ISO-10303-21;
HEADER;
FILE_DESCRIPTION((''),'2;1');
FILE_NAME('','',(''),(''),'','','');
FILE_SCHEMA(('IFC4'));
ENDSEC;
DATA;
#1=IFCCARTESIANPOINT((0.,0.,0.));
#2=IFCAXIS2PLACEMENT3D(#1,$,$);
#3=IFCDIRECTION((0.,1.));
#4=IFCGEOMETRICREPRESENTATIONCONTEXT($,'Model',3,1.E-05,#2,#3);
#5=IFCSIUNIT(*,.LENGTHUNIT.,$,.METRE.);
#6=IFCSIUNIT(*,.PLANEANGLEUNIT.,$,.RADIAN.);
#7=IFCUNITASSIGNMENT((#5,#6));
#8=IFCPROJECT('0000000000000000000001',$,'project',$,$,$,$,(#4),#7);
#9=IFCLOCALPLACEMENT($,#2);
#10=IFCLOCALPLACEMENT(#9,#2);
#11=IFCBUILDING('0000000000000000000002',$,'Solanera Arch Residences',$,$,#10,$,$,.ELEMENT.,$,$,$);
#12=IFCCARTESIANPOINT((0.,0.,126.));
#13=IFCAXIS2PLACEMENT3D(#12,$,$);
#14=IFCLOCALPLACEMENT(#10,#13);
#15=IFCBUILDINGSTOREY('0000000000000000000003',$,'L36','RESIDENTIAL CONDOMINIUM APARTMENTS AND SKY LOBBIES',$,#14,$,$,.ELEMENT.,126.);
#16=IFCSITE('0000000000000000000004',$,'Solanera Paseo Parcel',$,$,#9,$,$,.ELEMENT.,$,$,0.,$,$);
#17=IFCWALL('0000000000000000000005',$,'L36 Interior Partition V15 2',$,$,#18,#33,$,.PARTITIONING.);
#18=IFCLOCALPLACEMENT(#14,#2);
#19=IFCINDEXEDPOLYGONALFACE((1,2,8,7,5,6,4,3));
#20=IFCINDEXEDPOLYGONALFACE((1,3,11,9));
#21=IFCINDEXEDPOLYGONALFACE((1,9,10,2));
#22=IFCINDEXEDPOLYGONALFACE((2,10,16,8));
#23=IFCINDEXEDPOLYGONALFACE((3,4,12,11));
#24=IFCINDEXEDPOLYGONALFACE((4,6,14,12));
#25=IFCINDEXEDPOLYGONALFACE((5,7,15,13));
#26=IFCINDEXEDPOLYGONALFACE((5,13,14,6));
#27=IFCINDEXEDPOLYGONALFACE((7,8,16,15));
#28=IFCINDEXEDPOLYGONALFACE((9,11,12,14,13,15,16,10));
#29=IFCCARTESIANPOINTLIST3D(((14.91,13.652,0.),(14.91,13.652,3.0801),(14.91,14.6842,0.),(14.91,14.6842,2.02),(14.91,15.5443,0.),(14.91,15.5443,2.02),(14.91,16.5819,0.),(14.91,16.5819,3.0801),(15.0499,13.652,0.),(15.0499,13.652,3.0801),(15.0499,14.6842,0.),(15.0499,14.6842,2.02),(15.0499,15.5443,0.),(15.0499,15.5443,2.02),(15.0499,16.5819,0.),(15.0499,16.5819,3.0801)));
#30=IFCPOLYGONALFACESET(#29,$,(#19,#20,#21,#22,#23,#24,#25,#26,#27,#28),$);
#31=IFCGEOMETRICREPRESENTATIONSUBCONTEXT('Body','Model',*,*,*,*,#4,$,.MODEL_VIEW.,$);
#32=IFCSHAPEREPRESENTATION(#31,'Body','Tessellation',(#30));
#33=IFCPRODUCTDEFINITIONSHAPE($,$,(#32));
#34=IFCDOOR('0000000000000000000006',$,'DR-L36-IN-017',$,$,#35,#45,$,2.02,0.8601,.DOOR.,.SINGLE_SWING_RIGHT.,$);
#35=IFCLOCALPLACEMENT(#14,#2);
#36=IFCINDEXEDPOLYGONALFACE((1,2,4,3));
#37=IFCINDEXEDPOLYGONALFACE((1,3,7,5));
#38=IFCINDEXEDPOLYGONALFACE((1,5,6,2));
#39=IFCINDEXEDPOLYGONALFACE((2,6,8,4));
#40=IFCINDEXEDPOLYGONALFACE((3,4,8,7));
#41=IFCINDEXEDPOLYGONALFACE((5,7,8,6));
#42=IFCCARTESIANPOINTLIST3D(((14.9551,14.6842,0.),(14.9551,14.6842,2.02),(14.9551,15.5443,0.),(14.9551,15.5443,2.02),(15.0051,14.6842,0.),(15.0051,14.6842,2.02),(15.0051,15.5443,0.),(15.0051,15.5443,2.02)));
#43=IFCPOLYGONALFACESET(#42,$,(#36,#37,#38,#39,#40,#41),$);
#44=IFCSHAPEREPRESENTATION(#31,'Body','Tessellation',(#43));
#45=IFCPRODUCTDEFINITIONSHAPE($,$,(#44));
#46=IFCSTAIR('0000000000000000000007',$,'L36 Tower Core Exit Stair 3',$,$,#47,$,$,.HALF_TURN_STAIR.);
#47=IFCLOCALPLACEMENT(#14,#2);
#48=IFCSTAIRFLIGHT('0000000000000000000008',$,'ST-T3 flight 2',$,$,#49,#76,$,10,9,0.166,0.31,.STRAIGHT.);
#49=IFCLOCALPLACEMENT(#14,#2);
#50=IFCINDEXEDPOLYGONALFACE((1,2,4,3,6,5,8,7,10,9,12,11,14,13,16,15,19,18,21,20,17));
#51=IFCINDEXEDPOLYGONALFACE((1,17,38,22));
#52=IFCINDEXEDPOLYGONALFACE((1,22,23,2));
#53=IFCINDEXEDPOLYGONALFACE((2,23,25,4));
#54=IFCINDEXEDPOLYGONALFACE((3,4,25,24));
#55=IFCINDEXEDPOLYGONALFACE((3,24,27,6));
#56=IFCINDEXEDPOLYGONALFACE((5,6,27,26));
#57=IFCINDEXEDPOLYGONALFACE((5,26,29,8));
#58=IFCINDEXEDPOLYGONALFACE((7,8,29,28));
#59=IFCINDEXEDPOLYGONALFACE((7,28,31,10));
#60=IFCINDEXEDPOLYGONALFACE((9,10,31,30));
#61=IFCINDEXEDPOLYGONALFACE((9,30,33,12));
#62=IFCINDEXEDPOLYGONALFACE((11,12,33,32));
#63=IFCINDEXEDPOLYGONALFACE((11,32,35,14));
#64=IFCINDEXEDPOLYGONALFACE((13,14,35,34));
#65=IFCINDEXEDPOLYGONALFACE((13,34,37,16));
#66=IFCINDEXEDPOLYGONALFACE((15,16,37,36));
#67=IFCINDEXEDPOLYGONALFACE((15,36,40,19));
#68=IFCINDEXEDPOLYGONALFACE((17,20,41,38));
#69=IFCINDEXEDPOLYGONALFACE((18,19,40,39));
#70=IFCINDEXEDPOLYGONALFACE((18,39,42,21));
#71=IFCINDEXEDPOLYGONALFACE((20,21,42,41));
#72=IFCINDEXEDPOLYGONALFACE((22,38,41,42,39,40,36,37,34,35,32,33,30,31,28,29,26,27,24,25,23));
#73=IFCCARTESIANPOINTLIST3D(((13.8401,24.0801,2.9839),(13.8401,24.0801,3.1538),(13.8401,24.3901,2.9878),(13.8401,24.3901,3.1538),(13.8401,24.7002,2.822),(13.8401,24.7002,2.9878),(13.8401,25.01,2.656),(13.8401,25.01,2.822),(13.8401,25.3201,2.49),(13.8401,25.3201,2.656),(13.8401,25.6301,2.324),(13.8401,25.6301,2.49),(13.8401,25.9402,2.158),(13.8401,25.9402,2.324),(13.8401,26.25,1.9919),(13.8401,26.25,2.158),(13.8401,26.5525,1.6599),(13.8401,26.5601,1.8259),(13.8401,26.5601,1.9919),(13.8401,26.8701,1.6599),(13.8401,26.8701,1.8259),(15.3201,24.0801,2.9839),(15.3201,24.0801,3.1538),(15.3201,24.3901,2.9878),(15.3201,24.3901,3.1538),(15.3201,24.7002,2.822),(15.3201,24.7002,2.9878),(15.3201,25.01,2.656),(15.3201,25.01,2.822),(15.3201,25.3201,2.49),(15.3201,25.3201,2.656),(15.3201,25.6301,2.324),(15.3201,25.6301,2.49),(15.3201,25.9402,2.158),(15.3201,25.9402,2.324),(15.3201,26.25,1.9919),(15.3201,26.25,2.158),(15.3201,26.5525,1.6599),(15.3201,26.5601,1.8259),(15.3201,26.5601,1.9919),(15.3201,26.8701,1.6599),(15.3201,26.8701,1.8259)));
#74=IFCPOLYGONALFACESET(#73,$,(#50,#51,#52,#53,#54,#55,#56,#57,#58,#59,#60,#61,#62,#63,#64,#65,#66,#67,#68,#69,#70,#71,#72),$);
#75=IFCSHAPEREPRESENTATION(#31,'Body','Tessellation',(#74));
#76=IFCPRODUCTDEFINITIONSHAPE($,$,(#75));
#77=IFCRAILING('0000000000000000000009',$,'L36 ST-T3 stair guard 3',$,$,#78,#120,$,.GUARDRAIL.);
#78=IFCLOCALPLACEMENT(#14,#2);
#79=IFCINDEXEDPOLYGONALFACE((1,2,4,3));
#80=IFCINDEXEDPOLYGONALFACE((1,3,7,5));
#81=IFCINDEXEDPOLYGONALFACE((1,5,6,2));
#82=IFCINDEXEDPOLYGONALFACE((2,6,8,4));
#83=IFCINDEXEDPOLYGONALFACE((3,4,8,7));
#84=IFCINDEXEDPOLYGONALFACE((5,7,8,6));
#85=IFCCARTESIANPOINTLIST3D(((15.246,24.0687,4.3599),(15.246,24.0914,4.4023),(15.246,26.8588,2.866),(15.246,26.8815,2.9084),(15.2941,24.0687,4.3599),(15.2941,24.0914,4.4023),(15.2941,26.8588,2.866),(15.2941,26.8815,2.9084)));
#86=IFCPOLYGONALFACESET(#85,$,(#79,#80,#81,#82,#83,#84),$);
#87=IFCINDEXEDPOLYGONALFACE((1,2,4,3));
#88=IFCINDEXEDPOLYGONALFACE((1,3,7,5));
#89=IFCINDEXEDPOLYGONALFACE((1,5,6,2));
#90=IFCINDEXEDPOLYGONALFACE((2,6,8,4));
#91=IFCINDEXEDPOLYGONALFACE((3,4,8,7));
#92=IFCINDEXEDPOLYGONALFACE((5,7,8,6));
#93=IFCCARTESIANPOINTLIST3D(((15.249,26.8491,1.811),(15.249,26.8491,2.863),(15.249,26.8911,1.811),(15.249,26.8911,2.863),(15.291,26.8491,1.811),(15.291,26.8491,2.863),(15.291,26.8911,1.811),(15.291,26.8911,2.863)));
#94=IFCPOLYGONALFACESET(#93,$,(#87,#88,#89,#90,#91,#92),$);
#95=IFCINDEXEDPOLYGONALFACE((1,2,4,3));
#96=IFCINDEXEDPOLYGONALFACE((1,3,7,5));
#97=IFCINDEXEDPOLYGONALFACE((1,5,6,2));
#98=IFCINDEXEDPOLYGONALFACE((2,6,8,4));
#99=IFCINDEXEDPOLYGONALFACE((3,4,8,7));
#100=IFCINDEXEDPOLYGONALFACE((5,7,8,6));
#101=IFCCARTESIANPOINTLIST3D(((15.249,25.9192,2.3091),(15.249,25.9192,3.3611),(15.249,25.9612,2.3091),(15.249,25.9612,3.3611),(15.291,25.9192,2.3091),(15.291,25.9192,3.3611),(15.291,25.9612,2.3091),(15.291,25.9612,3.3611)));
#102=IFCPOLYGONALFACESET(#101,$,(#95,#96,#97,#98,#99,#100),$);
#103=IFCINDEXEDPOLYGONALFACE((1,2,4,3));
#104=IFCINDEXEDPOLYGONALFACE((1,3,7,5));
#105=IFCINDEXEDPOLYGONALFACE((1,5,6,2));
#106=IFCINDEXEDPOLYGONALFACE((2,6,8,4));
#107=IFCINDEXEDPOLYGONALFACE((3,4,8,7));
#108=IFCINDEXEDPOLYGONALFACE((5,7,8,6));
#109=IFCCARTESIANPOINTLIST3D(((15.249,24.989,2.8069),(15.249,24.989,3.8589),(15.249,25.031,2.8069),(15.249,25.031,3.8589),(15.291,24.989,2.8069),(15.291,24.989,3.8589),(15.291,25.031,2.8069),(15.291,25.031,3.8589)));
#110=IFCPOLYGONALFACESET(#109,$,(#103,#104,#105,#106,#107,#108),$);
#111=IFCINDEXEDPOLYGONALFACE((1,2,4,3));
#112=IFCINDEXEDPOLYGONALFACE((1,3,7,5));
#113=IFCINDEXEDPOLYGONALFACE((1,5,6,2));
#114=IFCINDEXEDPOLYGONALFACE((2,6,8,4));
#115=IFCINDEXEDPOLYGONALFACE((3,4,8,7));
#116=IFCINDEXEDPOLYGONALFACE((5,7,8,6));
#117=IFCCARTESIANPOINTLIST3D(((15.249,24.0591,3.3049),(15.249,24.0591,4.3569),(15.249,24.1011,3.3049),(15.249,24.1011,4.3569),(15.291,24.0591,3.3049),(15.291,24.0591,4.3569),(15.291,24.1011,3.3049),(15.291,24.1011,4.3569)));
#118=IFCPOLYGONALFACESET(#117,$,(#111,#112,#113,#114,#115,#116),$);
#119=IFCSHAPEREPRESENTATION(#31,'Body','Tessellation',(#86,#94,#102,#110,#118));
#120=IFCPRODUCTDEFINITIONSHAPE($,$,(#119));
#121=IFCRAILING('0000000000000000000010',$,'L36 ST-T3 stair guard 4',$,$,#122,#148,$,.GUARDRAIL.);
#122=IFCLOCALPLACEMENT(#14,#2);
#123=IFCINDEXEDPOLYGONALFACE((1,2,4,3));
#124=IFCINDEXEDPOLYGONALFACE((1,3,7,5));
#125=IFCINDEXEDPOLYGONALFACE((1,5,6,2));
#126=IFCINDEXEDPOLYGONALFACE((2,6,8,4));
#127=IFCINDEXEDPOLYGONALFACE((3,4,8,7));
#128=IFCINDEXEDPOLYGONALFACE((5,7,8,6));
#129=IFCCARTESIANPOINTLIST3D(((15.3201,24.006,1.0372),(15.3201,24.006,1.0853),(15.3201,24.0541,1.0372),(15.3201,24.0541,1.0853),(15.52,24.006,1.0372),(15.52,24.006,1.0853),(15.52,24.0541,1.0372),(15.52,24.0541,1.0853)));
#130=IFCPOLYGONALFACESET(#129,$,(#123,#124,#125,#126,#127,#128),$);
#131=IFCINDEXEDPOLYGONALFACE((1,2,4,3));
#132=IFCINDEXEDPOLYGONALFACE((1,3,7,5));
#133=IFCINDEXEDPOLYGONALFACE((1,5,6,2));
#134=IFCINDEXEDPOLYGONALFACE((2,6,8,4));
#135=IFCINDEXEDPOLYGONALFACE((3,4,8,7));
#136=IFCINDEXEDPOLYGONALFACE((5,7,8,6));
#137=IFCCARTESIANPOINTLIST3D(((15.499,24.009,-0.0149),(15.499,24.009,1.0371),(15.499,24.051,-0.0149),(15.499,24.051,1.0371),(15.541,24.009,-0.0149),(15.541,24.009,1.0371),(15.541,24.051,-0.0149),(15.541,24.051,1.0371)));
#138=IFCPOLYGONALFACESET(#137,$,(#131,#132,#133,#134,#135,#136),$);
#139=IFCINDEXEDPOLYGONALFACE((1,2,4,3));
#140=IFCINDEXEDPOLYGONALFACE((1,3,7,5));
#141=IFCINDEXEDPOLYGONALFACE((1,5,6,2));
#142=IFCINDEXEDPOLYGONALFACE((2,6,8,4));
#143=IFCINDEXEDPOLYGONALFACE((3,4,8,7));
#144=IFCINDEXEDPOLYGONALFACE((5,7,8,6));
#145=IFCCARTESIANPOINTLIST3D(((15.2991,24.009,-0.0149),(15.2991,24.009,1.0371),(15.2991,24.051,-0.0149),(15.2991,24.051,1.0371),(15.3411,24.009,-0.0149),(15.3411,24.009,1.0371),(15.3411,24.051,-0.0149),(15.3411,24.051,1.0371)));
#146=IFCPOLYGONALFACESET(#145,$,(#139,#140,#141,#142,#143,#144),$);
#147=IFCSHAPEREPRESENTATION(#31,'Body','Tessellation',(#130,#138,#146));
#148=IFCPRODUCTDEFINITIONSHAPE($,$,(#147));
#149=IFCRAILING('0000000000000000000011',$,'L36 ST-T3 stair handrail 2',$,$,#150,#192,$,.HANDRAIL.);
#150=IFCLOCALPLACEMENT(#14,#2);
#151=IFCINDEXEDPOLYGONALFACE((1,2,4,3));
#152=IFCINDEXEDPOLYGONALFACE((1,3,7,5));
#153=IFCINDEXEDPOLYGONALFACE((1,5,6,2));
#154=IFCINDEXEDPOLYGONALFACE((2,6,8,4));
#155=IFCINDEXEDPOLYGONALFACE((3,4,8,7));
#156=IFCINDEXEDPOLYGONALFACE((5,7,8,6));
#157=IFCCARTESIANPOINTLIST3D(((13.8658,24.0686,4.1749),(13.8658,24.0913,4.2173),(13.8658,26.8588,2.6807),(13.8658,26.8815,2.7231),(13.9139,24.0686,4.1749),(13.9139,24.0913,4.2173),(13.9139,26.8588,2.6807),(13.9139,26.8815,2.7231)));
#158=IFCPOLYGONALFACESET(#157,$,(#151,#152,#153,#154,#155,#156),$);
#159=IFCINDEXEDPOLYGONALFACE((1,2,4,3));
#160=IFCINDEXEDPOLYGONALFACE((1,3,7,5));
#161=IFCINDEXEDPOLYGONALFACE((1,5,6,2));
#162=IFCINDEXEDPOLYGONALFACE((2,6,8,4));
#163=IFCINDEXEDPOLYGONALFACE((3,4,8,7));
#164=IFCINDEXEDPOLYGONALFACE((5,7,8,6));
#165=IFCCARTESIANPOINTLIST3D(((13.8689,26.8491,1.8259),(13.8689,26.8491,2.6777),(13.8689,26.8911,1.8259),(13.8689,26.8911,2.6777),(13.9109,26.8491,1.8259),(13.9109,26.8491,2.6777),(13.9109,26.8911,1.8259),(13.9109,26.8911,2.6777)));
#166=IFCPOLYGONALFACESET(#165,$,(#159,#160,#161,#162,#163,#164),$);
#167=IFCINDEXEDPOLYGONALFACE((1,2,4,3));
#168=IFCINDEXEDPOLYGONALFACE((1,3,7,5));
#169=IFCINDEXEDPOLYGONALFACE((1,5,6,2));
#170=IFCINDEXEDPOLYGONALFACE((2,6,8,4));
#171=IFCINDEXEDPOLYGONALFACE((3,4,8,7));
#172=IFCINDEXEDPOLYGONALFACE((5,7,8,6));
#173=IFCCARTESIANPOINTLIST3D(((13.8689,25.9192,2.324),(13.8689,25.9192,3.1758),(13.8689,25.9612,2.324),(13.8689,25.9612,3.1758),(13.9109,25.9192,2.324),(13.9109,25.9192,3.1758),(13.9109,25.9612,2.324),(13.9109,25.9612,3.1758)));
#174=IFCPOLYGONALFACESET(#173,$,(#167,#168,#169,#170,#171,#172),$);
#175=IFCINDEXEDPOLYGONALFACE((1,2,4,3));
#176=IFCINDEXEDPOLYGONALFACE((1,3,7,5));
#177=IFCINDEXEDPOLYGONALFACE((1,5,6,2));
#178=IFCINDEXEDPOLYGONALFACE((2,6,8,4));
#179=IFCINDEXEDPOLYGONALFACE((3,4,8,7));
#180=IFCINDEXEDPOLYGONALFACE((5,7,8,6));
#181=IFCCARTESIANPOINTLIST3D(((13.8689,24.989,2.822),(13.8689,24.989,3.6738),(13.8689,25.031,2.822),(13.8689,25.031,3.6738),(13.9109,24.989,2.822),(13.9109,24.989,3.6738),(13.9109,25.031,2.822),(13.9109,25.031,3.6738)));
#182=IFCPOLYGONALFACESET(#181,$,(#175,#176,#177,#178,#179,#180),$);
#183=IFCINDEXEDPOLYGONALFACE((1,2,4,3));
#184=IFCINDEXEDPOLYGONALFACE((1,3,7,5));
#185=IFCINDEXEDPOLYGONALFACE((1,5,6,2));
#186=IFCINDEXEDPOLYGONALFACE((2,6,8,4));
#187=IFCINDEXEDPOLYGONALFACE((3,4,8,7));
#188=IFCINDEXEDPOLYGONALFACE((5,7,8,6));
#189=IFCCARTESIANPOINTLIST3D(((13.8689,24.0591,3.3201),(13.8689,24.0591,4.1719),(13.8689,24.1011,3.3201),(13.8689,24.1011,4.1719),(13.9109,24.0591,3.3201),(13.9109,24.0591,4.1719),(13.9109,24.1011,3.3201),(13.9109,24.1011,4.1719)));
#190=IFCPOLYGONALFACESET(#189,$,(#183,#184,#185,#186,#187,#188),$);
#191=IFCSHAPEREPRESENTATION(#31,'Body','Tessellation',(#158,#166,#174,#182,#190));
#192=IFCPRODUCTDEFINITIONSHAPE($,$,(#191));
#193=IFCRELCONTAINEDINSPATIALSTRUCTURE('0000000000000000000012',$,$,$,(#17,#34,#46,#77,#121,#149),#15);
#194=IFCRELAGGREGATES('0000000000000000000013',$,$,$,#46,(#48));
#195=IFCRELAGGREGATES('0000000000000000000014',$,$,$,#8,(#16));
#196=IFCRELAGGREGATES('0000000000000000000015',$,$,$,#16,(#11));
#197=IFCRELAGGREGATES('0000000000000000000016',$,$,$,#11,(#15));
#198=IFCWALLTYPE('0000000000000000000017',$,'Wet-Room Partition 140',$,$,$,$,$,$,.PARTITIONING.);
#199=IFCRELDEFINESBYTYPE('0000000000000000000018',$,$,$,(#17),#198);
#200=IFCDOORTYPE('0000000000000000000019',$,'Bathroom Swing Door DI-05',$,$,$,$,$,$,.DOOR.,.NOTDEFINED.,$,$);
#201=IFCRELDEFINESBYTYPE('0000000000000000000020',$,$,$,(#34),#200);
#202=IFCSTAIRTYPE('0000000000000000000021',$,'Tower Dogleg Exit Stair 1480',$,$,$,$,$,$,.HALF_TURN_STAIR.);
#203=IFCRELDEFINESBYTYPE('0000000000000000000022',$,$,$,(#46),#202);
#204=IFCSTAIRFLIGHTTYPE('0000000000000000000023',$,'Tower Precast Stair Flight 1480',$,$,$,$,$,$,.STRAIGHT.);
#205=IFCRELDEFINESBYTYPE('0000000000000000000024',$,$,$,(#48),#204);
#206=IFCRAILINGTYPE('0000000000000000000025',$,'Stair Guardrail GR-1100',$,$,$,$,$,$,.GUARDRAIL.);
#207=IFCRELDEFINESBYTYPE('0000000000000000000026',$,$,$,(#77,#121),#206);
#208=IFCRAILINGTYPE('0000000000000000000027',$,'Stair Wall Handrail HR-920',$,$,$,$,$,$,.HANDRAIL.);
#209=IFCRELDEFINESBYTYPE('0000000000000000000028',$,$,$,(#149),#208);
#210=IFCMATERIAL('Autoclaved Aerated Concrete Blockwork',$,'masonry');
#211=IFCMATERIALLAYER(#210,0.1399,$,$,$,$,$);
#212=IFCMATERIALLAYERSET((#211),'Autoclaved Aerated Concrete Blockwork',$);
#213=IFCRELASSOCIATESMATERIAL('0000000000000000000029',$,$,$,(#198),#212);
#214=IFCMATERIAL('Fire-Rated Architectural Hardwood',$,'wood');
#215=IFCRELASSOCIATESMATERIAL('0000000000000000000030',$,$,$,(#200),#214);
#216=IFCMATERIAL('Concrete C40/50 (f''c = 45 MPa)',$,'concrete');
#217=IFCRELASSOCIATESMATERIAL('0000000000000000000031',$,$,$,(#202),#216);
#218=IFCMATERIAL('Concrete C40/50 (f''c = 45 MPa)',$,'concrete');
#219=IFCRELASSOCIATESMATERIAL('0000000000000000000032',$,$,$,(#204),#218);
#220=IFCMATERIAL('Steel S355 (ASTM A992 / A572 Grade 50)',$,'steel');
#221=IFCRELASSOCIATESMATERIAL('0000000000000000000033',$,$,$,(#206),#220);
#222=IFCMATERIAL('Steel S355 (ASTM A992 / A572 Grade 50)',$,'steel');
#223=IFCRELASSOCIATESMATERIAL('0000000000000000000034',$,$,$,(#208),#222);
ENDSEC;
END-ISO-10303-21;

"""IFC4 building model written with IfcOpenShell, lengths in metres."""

from ifc_helpers import new_model, si_unit, direction, frame, frame_2d, origin, origin_2d, place, context, subcontext, project, spatial, polyline, rectangle, outline, extrude, material, layer, layer_set, type_object, element, fill, aggregate, save


model = new_model("IFC4")

# Units and contexts
model_context = context("Model", 3, precision=1e-05, world=origin(), true_north=direction((0.0, 1.0)))
body_context = subcontext(model_context, "Body", "Model", "MODEL_VIEW")
ifc_project = project(units=[si_unit("LENGTHUNIT", "METRE"), si_unit("PLANEANGLEUNIT", "RADIAN")], contexts=[model_context])

# Site, building, storey
site_placement = place(None, origin())
site = spatial("IfcSite", under=ifc_project, at=site_placement, Name="Solanera Paseo Parcel", CompositionType="ELEMENT", RefElevation=0.0)
building_placement = place(site_placement, origin())
building = spatial("IfcBuilding", under=site, at=building_placement, Name="Solanera Arch Residences", CompositionType="ELEMENT")
storey_placement = place(building_placement, frame((0.0, 0.0, 126.0)))
storey = spatial("IfcBuildingStorey", under=building, at=storey_placement, Name="L36", Description="RESIDENTIAL CONDOMINIUM APARTMENTS AND SKY LOBBIES", CompositionType="ELEMENT", Elevation=126.0)

# Wall, opening, door
ifc_material_1 = material(Name="Autoclaved Aerated Concrete Blockwork", Category="masonry")
ifc_layer_1 = layer(ifc_material_1, 0.1399)
ifc_layer_set_1 = layer_set([ifc_layer_1], Name="Autoclaved Aerated Concrete Blockwork")
wall_type_1 = type_object("IfcWallType", Name="Wet-Room Partition 140", PredefinedType="PARTITIONING", material=ifc_layer_set_1)
wall_1_placement = place(storey_placement, frame((14.98, 13.6521, 0.0), z_axis=(0.0, 0.0, 1.0), x_axis=(0.0, 1.0, 0.0)))
wall_1 = element("IfcWall", 1, at=wall_1_placement, inside=storey, type_object=wall_type_1, Name="L36 Interior Partition V15 2", PredefinedType="PARTITIONING", context=body_context, shape_type="SweptSolid", body=[
    extrude(rectangle(XDim=2.9299, YDim=0.1399, at=frame_2d((1.4648, 0.0))), origin(), (0.0, 0.0, 1.0), 3.0801),
])
opening_1_placement = place(wall_1_placement, frame((1.032, 0.0, 0.0)))
opening_1 = element("IfcOpeningElement", 2, at=opening_1_placement, cuts=wall_1, PredefinedType="OPENING", context=body_context, shape_type="SweptSolid", body=[
    extrude(rectangle(XDim=0.8601, YDim=2.02, at=frame_2d((0.4302, 1.01))), frame((0.0, 0.0798, 0.0), z_axis=(0.0, -1.0, 0.0), x_axis=(1.0, 0.0, 0.0)), (0.0, 0.0, 1.0), 0.1599),
])
ifc_material_2 = material(Name="Fire-Rated Architectural Hardwood", Category="wood")
door_type_1 = type_object("IfcDoorType", Name="Bathroom Swing Door DI-05", OperationType="NOTDEFINED", PredefinedType="DOOR", material=ifc_material_2)
door_1_placement = place(opening_1_placement, origin())
door_1 = element("IfcDoor", 3, at=door_1_placement, inside=storey, type_object=door_type_1, Name="DR-L36-IN-017", OperationType="SINGLE_SWING_RIGHT", OverallHeight=2.02, OverallWidth=0.8601, PredefinedType="DOOR", context=body_context, shape_type="SweptSolid", body=[
    extrude(rectangle(XDim=0.8601, YDim=2.02, at=frame_2d((0.4302, 1.01))), frame((0.0, 0.0249, 0.0), z_axis=(0.0, -1.0, 0.0), x_axis=(1.0, 0.0, 0.0)), (0.0, 0.0, 1.0), 0.05),
])
fill(opening_1, door_1)

# Stair, stair flight
ifc_material_3 = material(Name="Concrete C40/50 (f'c = 45 MPa)", Category="concrete")
stair_type = type_object("IfcStairType", Name="Tower Dogleg Exit Stair 1480", PredefinedType="HALF_TURN_STAIR", material=ifc_material_3)
stair_placement = place(storey_placement, origin())
stair = element("IfcStair", 4, at=stair_placement, inside=storey, type_object=stair_type, Name="L36 Tower Core Exit Stair 3", PredefinedType="HALF_TURN_STAIR")
ifc_material_4 = material(Name="Concrete C40/50 (f'c = 45 MPa)", Category="concrete")
stair_flight_type = type_object("IfcStairFlightType", Name="Tower Precast Stair Flight 1480", PredefinedType="STRAIGHT", material=ifc_material_4)
stair_flight_placement = place(storey_placement, frame((14.5801, 26.8701, 1.6599), z_axis=(0.0, 0.0, 1.0), x_axis=(0.0, -1.0, 0.0)))
stair_flight = element("IfcStairFlight", 5, at=stair_flight_placement, type_object=stair_flight_type, Name="ST-T3 flight 2", NumberOfRisers=10, NumberOfTreads=9, PredefinedType="STRAIGHT", RiserHeight=0.166, TreadLength=0.31, context=body_context, shape_type="SweptSolid", body=[
    extrude(outline(polyline([(0.0, 0.0), (0.0, 0.166), (0.3101, 0.166), (0.3101, 0.332), (0.6201, 0.332), (0.6201, 0.498), (0.9299, 0.498), (0.9299, 0.6641), (1.24, 0.6641), (1.24, 0.8301), (1.55, 0.8301), (1.55, 0.9961), (1.8601, 0.9961), (1.8601, 1.1621), (2.1699, 1.1621), (2.1699, 1.3279), (2.48, 1.3279), (2.48, 1.4939), (2.79, 1.4939), (2.79, 1.6599), (2.79, 1.324), (0.3176, 0.0), (0.0, 0.0)])), frame((0.0, 0.74, 0.0), z_axis=(0.0, -1.0, 0.0), x_axis=(1.0, 0.0, 0.0)), (0.0, 0.0, 1.0), 1.48),
])
aggregate(stair, [stair_flight])

# Railings
ifc_material_5 = material(Name="Steel S355 (ASTM A992 / A572 Grade 50)", Category="steel")
railing_type_1 = type_object("IfcRailingType", Name="Stair Guardrail GR-1100", PredefinedType="GUARDRAIL", material=ifc_material_5)
railing_1_placement = place(storey_placement, frame((15.27, 26.8701, 1.811)))
element("IfcRailing", 6, at=railing_1_placement, inside=storey, type_object=railing_type_1, Name="L36 ST-T3 stair guard 3", PredefinedType="GUARDRAIL", context=body_context, shape_type="SweptSolid", body=[
    extrude(rectangle(XDim=0.0481, YDim=0.0481, at=origin_2d()), frame((0.0, 0.0, 1.0762), z_axis=(0.0, -0.881581, 0.472033), x_axis=(1.0, 0.0, 0.0)), (0.0, 0.0, 1.0), 3.1648),
    extrude(rectangle(XDim=0.042, YDim=0.042, at=origin_2d()), origin(), (0.0, 0.0, 1.0), 1.052),
    extrude(rectangle(XDim=0.042, YDim=0.042, at=origin_2d()), frame((0.0, -0.9299, 0.498)), (0.0, 0.0, 1.0), 1.052),
    extrude(rectangle(XDim=0.042, YDim=0.042, at=origin_2d()), frame((0.0, -1.8601, 0.9958)), (0.0, 0.0, 1.0), 1.052),
    extrude(rectangle(XDim=0.042, YDim=0.042, at=origin_2d()), frame((0.0, -2.79, 1.4939)), (0.0, 0.0, 1.0), 1.052),
])
railing_2_placement = place(storey_placement, frame((15.52, 24.03, -0.0149)))
element("IfcRailing", 7, at=railing_2_placement, inside=storey, type_object=railing_type_1, Name="L36 ST-T3 stair guard 4", PredefinedType="GUARDRAIL", context=body_context, shape_type="SweptSolid", body=[
    extrude(rectangle(XDim=0.0481, YDim=0.0481, at=origin_2d()), frame((0.0, 0.0, 1.0762), z_axis=(-1.0, 0.0, 0.0), x_axis=(0.0, -1.0, 0.0)), (0.0, 0.0, 1.0), 0.2),
    extrude(rectangle(XDim=0.042, YDim=0.042, at=origin_2d()), origin(), (0.0, 0.0, 1.0), 1.052),
    extrude(rectangle(XDim=0.042, YDim=0.042, at=origin_2d()), frame((-0.2, 0.0, 0.0)), (0.0, 0.0, 1.0), 1.052),
])
ifc_material_6 = material(Name="Steel S355 (ASTM A992 / A572 Grade 50)", Category="steel")
railing_type_2 = type_object("IfcRailingType", Name="Stair Wall Handrail HR-920", PredefinedType="HANDRAIL", material=ifc_material_6)
railing_3_placement = place(storey_placement, frame((13.8899, 26.8701, 1.8259)))
element("IfcRailing", 8, at=railing_3_placement, inside=storey, type_object=railing_type_2, Name="L36 ST-T3 stair handrail 2", PredefinedType="HANDRAIL", context=body_context, shape_type="SweptSolid", body=[
    extrude(rectangle(XDim=0.0481, YDim=0.0481, at=origin_2d()), frame((0.0, 0.0, 0.876), z_axis=(0.0, -0.881549, 0.472093), x_axis=(1.0, 0.0, 0.0)), (0.0, 0.0, 1.0), 3.165),
    extrude(rectangle(XDim=0.042, YDim=0.042, at=origin_2d()), origin(), (0.0, 0.0, 1.0), 0.8518),
    extrude(rectangle(XDim=0.042, YDim=0.042, at=origin_2d()), frame((0.0, -0.9299, 0.498)), (0.0, 0.0, 1.0), 0.8518),
    extrude(rectangle(XDim=0.042, YDim=0.042, at=origin_2d()), frame((0.0, -1.8601, 0.9961)), (0.0, 0.0, 1.0), 0.8518),
    extrude(rectangle(XDim=0.042, YDim=0.042, at=origin_2d()), frame((0.0, -2.79, 1.4941)), (0.0, 0.0, 1.0), 0.8518),
])

save(model, "model.ifc")
